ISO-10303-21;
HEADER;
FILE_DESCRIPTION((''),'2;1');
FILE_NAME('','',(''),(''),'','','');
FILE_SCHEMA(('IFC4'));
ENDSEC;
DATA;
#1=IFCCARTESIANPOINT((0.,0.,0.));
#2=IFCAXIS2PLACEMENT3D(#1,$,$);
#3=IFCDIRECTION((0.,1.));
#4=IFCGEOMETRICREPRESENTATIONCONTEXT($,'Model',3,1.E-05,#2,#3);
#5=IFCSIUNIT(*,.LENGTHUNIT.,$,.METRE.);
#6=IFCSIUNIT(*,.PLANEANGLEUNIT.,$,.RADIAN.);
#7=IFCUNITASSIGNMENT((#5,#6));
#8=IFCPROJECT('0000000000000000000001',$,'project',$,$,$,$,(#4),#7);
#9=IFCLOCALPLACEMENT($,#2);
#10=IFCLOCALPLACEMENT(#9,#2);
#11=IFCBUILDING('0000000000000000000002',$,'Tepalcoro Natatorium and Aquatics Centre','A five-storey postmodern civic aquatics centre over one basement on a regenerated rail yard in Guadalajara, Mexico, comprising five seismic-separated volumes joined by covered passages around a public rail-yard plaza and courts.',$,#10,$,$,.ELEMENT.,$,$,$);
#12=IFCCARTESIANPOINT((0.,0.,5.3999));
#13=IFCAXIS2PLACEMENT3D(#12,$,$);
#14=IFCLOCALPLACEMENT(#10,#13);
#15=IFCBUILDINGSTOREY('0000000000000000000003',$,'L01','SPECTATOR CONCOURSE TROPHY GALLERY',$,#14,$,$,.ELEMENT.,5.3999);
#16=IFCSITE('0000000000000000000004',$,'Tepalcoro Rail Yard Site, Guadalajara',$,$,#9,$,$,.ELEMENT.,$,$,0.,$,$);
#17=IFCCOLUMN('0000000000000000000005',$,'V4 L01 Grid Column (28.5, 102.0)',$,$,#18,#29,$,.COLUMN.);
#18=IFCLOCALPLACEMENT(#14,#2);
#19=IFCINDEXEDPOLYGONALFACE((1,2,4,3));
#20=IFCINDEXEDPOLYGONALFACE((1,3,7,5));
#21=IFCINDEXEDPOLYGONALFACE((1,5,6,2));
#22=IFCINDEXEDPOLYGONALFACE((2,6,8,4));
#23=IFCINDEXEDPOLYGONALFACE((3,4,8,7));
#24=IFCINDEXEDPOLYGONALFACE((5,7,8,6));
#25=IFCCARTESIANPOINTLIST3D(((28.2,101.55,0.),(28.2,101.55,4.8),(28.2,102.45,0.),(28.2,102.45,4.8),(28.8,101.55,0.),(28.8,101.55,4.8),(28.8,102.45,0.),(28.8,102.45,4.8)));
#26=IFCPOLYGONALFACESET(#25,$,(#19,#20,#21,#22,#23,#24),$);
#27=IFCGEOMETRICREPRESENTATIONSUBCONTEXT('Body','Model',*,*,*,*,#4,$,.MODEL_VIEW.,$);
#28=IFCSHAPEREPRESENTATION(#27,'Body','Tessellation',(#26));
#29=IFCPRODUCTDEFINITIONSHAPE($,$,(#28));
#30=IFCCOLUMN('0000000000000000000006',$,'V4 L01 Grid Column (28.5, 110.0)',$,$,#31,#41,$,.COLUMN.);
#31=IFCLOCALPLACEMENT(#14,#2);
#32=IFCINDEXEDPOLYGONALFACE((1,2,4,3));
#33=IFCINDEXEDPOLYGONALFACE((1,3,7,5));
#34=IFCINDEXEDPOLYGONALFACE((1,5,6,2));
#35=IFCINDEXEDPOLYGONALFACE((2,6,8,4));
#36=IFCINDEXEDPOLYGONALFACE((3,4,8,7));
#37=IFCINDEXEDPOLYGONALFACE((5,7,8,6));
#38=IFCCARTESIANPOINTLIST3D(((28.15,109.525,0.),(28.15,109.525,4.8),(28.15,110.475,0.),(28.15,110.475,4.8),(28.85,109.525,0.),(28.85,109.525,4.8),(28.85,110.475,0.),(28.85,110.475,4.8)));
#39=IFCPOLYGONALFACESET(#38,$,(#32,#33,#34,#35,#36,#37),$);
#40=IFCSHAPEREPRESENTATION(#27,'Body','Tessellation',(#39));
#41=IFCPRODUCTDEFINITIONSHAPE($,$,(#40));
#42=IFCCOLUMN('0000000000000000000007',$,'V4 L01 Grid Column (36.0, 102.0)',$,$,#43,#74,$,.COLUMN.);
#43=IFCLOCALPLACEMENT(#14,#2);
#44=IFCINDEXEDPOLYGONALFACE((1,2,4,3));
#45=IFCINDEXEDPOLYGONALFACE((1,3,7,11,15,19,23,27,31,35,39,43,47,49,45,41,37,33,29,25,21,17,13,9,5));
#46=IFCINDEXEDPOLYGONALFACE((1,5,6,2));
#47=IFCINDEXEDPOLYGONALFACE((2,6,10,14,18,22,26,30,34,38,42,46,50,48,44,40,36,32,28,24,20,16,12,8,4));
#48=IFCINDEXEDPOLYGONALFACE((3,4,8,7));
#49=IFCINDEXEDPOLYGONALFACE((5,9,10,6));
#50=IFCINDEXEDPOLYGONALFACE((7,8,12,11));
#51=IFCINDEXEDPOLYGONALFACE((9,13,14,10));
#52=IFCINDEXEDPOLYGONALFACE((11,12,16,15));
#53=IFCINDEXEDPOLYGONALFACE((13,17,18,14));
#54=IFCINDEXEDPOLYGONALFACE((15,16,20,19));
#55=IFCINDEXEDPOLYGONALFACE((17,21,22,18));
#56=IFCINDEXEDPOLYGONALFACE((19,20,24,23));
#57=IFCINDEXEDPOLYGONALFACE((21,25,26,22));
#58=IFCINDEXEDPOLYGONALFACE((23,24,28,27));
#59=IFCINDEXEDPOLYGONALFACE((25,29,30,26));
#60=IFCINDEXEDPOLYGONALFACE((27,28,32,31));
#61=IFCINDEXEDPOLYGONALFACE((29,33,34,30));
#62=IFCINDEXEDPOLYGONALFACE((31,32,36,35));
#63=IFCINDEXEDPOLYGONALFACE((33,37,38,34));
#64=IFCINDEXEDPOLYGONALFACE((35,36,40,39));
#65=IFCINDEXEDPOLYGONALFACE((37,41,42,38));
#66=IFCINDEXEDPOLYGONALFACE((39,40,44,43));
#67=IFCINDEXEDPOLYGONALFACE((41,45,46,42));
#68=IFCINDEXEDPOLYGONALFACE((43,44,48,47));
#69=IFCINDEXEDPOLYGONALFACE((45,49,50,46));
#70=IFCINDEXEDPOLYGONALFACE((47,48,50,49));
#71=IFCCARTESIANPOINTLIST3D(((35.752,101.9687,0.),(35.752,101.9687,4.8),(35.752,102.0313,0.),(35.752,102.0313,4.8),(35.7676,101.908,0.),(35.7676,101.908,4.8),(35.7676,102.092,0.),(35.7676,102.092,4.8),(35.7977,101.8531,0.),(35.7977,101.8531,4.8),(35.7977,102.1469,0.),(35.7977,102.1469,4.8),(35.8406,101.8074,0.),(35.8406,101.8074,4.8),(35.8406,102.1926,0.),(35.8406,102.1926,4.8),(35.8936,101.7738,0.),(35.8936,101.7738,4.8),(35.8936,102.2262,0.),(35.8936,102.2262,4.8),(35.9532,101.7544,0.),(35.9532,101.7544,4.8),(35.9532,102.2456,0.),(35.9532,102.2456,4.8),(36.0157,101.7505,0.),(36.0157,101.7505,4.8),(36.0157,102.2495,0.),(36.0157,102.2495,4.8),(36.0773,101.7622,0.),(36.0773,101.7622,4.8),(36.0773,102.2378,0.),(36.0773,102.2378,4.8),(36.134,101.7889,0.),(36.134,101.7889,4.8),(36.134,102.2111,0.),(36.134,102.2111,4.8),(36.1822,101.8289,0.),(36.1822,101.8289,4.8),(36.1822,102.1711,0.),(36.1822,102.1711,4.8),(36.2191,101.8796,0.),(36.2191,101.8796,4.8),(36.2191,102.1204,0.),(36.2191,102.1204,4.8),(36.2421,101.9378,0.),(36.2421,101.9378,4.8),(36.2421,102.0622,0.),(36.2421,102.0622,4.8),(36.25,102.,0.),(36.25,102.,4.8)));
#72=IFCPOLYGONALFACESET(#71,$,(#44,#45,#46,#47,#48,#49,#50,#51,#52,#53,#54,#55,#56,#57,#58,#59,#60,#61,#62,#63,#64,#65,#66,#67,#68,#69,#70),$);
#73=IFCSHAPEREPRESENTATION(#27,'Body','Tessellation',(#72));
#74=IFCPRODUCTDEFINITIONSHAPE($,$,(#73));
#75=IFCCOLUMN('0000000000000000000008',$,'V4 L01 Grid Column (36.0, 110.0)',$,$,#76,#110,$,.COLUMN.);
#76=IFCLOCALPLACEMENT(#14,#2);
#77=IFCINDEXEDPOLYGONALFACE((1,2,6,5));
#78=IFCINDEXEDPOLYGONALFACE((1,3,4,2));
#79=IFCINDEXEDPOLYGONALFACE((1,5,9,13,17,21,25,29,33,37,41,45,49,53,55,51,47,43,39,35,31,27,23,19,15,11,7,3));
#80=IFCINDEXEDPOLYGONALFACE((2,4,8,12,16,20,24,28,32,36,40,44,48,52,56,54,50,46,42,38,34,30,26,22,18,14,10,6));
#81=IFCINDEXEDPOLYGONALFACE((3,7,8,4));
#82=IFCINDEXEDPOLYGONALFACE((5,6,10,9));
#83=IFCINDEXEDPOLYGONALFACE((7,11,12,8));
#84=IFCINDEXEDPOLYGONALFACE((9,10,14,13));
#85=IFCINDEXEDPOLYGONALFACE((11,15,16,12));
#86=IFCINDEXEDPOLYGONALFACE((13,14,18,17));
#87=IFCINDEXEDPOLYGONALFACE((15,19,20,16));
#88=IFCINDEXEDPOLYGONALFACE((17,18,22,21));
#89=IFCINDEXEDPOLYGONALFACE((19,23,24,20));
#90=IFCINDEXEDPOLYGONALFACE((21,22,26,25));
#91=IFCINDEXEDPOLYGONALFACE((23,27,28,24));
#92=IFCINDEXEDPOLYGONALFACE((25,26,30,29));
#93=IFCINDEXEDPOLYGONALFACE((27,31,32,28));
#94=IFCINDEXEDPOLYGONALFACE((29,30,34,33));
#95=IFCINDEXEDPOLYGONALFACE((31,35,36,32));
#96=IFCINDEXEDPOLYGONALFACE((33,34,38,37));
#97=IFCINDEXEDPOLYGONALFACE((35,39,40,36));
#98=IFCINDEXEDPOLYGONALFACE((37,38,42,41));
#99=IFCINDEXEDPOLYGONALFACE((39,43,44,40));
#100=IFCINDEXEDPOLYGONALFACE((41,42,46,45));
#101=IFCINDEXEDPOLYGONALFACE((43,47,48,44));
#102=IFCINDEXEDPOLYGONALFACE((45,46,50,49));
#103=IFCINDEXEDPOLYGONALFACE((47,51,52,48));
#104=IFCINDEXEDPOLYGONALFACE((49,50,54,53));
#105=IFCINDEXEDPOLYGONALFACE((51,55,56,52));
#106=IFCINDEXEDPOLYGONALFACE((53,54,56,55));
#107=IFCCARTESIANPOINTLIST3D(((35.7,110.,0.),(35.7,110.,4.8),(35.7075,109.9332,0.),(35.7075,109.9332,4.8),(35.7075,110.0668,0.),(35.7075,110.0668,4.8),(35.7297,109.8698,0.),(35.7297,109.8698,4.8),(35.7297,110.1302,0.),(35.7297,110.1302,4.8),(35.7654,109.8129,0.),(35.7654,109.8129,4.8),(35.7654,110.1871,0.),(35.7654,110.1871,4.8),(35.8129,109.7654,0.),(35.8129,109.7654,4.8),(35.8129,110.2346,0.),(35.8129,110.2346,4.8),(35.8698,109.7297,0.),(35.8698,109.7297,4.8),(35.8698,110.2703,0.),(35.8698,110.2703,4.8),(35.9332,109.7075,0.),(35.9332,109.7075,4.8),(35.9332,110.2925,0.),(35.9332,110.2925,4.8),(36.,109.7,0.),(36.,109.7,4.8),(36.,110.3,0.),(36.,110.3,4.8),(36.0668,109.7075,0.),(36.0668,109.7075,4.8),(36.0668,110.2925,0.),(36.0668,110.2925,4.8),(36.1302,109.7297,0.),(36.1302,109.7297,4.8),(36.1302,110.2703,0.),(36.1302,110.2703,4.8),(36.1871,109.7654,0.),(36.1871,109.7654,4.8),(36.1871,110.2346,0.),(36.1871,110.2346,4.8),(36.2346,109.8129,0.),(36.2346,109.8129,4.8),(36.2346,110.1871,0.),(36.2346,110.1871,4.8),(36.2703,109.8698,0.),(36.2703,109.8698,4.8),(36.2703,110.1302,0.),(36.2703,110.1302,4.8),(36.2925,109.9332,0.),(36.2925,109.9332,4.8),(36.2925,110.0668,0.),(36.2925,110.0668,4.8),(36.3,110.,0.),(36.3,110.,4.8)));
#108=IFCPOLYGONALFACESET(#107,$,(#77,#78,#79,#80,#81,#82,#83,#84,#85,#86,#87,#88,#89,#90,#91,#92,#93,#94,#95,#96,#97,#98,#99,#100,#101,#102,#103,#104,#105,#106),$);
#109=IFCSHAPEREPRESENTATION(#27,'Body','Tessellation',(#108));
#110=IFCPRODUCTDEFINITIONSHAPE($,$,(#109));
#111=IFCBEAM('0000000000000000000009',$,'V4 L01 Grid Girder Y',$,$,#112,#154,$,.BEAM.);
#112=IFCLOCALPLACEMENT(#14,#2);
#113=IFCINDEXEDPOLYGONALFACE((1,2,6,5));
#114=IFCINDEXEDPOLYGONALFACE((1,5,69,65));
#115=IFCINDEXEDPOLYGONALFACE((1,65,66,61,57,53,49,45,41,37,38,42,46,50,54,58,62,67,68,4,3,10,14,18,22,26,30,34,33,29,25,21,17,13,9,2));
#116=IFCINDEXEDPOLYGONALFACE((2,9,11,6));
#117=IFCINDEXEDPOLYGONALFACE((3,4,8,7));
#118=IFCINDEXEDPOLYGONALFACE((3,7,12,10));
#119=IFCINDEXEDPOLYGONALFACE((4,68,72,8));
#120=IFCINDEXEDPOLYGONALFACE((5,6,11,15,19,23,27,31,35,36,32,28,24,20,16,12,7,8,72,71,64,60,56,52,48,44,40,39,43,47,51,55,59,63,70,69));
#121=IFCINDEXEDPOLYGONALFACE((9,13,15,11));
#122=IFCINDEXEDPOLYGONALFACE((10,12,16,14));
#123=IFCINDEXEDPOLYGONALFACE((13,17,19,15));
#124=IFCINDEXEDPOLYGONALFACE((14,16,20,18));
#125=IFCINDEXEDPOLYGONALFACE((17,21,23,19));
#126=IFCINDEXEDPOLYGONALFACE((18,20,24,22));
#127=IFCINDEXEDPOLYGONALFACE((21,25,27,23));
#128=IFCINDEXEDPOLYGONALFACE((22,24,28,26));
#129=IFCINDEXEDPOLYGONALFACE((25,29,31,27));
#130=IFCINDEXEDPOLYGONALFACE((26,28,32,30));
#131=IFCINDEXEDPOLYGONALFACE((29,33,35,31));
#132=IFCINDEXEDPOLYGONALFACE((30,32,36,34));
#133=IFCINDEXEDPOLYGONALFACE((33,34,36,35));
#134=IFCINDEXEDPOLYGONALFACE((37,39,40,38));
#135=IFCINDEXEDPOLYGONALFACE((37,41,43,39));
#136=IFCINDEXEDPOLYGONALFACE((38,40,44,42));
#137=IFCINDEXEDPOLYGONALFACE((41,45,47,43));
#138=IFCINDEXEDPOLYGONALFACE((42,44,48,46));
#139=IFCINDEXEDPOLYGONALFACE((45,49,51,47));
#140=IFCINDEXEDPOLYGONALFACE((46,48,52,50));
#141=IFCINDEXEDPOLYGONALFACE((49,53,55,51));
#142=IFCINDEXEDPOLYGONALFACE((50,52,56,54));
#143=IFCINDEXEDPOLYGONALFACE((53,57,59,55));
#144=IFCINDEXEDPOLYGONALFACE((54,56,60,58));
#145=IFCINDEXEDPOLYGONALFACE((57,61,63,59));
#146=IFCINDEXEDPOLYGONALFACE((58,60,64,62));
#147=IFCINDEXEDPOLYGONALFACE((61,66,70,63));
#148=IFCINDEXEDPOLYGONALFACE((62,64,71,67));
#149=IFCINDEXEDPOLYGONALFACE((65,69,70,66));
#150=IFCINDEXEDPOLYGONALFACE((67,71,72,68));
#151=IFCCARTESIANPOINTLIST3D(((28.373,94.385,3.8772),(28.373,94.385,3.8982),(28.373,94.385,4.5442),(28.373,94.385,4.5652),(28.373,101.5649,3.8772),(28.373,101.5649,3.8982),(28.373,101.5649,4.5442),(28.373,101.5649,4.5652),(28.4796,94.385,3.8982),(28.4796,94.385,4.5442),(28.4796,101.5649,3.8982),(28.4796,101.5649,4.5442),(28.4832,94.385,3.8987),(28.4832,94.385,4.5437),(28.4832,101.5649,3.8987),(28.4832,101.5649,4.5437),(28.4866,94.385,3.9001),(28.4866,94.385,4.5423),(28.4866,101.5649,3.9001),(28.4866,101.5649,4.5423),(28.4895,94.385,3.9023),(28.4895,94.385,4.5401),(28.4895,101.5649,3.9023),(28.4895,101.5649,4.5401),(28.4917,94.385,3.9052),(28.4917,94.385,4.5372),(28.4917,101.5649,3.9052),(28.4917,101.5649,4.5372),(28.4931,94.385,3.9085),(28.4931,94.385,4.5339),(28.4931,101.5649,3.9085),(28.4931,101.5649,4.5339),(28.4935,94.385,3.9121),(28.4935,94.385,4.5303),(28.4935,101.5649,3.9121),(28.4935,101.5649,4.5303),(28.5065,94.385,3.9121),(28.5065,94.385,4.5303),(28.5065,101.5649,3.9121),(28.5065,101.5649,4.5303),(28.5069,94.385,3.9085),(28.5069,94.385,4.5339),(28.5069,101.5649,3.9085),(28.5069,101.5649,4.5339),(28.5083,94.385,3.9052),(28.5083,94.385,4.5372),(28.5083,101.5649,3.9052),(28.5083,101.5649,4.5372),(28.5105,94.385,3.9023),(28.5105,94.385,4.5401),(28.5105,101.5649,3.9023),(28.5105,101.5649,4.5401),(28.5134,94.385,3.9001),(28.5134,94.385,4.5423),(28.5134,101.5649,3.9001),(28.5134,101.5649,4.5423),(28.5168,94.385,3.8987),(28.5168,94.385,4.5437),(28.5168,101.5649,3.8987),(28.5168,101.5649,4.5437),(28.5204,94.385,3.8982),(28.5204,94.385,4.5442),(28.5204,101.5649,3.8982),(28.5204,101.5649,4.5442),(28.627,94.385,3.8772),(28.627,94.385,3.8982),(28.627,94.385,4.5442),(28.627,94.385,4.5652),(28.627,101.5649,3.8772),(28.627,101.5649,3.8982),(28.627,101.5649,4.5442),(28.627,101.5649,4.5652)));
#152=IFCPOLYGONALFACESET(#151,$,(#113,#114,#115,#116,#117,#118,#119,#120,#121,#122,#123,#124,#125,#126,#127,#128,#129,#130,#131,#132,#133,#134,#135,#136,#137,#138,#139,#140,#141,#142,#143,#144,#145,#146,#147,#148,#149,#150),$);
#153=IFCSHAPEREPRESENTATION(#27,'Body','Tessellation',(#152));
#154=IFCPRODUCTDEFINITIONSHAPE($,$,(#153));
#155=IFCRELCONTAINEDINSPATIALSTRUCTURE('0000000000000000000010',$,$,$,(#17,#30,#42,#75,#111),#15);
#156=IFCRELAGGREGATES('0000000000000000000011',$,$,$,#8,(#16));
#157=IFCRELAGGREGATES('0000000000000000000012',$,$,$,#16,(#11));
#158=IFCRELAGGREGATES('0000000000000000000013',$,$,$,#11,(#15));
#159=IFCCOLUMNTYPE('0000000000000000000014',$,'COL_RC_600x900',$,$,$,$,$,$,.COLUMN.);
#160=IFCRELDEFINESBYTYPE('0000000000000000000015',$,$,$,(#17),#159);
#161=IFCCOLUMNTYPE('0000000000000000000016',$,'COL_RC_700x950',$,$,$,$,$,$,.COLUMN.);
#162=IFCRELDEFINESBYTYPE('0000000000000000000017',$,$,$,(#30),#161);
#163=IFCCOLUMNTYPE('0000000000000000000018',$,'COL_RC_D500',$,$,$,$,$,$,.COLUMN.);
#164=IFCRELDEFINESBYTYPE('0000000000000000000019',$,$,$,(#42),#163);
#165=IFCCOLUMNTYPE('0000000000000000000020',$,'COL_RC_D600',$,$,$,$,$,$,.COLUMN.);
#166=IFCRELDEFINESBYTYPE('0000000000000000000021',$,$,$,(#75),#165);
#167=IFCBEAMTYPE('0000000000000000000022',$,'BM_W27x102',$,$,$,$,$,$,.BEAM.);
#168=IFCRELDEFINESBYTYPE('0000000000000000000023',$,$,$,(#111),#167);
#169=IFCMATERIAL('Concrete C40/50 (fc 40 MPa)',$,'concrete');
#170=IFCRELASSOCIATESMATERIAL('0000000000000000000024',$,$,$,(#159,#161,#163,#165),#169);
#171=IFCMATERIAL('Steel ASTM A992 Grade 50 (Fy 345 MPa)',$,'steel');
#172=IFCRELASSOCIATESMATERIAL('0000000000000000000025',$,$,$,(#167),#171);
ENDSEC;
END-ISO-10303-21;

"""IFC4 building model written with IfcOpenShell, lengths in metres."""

from ifc_helpers import new_model, si_unit, direction, frame, origin, origin_2d, place, context, subcontext, project, spatial, rectangle, circle, i_section, extrude, material, material_profile, profile_set, type_object, element, save


model = new_model("IFC4")

# Units and contexts
model_context = context("Model", 3, precision=1e-05, world=origin(), true_north=direction((0.0, 1.0)))
body_context = subcontext(model_context, "Body", "Model", "MODEL_VIEW")
ifc_project = project(units=[si_unit("LENGTHUNIT", "METRE"), si_unit("PLANEANGLEUNIT", "RADIAN")], contexts=[model_context])

# Site, building, storey
site_placement = place(None, origin())
site = spatial("IfcSite", under=ifc_project, at=site_placement, Name="Tepalcoro Rail Yard Site, Guadalajara", CompositionType="ELEMENT", RefElevation=0.0)
building_placement = place(site_placement, origin())
building = spatial("IfcBuilding", under=site, at=building_placement, Name="Tepalcoro Natatorium and Aquatics Centre", Description="A five-storey postmodern civic aquatics centre over one basement on a regenerated rail yard in Guadalajara, Mexico, comprising five seismic-separated volumes joined by covered passages around a public rail-yard plaza and courts.", CompositionType="ELEMENT")
storey_placement = place(building_placement, frame((0.0, 0.0, 5.3999)))
storey = spatial("IfcBuildingStorey", under=building, at=storey_placement, Name="L01", Description="SPECTATOR CONCOURSE TROPHY GALLERY", CompositionType="ELEMENT", Elevation=5.3999)

# Columns
ifc_material_1 = material(Name="Concrete C40/50 (fc 40 MPa)", Category="concrete")
ifc_material_profile_1 = material_profile(ifc_material_1, rectangle(XDim=0.6001, YDim=0.8999, at=origin_2d()), Name="RC600x900")
ifc_profile_set_1 = profile_set([ifc_material_profile_1], Name="Concrete C40/50 (fc 40 MPa)")
column_type_1 = type_object("IfcColumnType", Name="COL_RC_600x900", PredefinedType="COLUMN", material=ifc_profile_set_1)
column_1_placement = place(storey_placement, frame((28.5, 102.0, 0.0), z_axis=(0.0, 0.0, 1.0), x_axis=(1.0, 0.0, 0.0)))
element("IfcColumn", 1, at=column_1_placement, inside=storey, type_object=column_type_1, Name="V4 L01 Grid Column (28.5, 102.0)", PredefinedType="COLUMN", context=body_context, shape_type="SweptSolid", body=[
    extrude(rectangle(XDim=0.6001, YDim=0.8999, at=origin_2d()), origin(), (0.0, 0.0, 1.0), 4.8),
])
ifc_material_profile_2 = material_profile(ifc_material_1, rectangle(XDim=0.7, YDim=0.95, at=origin_2d()), Name="RC700x950")
ifc_profile_set_2 = profile_set([ifc_material_profile_2], Name="Concrete C40/50 (fc 40 MPa)")
column_type_2 = type_object("IfcColumnType", Name="COL_RC_700x950", PredefinedType="COLUMN", material=ifc_profile_set_2)
column_2_placement = place(storey_placement, frame((28.5, 110.0, 0.0), z_axis=(0.0, 0.0, 1.0), x_axis=(1.0, 0.0, 0.0)))
element("IfcColumn", 2, at=column_2_placement, inside=storey, type_object=column_type_2, Name="V4 L01 Grid Column (28.5, 110.0)", PredefinedType="COLUMN", context=body_context, shape_type="SweptSolid", body=[
    extrude(rectangle(XDim=0.7, YDim=0.95, at=origin_2d()), origin(), (0.0, 0.0, 1.0), 4.8),
])
ifc_material_profile_3 = material_profile(ifc_material_1, circle(Radius=0.25, at=origin_2d()), Name="RCD500")
ifc_profile_set_3 = profile_set([ifc_material_profile_3], Name="Concrete C40/50 (fc 40 MPa)")
column_type_3 = type_object("IfcColumnType", Name="COL_RC_D500", PredefinedType="COLUMN", material=ifc_profile_set_3)
column_3_placement = place(storey_placement, frame((36.0, 102.0, 0.0), z_axis=(0.0, 0.0, 1.0), x_axis=(1.0, 0.0, 0.0)))
element("IfcColumn", 3, at=column_3_placement, inside=storey, type_object=column_type_3, Name="V4 L01 Grid Column (36.0, 102.0)", PredefinedType="COLUMN", context=body_context, shape_type="SweptSolid", body=[
    extrude(circle(Radius=0.25, at=origin_2d()), origin(), (0.0, 0.0, 1.0), 4.8),
])
ifc_material_profile_4 = material_profile(ifc_material_1, circle(Radius=0.3, at=origin_2d()), Name="RCD600")
ifc_profile_set_4 = profile_set([ifc_material_profile_4], Name="Concrete C40/50 (fc 40 MPa)")
column_type_4 = type_object("IfcColumnType", Name="COL_RC_D600", PredefinedType="COLUMN", material=ifc_profile_set_4)
column_4_placement = place(storey_placement, frame((36.0, 110.0, 0.0), z_axis=(0.0, 0.0, 1.0), x_axis=(1.0, 0.0, 0.0)))
element("IfcColumn", 4, at=column_4_placement, inside=storey, type_object=column_type_4, Name="V4 L01 Grid Column (36.0, 110.0)", PredefinedType="COLUMN", context=body_context, shape_type="SweptSolid", body=[
    extrude(circle(Radius=0.3, at=origin_2d()), origin(), (0.0, 0.0, 1.0), 4.8),
])

# Beam
ifc_material_2 = material(Name="Steel ASTM A992 Grade 50 (Fy 345 MPa)", Category="steel")
ifc_material_profile_5 = material_profile(ifc_material_2, i_section(OverallWidth=0.2539, OverallDepth=0.688, WebThickness=0.0129, FlangeThickness=0.021, FilletRadius=0.0139, at=origin_2d()), Name="W27X102")
ifc_profile_set_5 = profile_set([ifc_material_profile_5], Name="Steel ASTM A992 Grade 50 (Fy 345 MPa)")
beam_type_1 = type_object("IfcBeamType", Name="BM_W27x102", PredefinedType="BEAM", material=ifc_profile_set_5)
beam_1_placement = place(storey_placement, frame((28.5, 94.385, 4.2212), z_axis=(0.0, 1.0, 0.0), x_axis=(-1.0, 0.0, 0.0)))
element("IfcBeam", 5, at=beam_1_placement, inside=storey, type_object=beam_type_1, Name="V4 L01 Grid Girder Y", PredefinedType="BEAM", context=body_context, shape_type="SweptSolid", body=[
    extrude(i_section(OverallWidth=0.2539, OverallDepth=0.688, WebThickness=0.0129, FlangeThickness=0.021, FilletRadius=0.0139, at=origin_2d()), origin(), (0.0, 0.0, 1.0), 7.1799),
])

save(model, "model.ifc")
